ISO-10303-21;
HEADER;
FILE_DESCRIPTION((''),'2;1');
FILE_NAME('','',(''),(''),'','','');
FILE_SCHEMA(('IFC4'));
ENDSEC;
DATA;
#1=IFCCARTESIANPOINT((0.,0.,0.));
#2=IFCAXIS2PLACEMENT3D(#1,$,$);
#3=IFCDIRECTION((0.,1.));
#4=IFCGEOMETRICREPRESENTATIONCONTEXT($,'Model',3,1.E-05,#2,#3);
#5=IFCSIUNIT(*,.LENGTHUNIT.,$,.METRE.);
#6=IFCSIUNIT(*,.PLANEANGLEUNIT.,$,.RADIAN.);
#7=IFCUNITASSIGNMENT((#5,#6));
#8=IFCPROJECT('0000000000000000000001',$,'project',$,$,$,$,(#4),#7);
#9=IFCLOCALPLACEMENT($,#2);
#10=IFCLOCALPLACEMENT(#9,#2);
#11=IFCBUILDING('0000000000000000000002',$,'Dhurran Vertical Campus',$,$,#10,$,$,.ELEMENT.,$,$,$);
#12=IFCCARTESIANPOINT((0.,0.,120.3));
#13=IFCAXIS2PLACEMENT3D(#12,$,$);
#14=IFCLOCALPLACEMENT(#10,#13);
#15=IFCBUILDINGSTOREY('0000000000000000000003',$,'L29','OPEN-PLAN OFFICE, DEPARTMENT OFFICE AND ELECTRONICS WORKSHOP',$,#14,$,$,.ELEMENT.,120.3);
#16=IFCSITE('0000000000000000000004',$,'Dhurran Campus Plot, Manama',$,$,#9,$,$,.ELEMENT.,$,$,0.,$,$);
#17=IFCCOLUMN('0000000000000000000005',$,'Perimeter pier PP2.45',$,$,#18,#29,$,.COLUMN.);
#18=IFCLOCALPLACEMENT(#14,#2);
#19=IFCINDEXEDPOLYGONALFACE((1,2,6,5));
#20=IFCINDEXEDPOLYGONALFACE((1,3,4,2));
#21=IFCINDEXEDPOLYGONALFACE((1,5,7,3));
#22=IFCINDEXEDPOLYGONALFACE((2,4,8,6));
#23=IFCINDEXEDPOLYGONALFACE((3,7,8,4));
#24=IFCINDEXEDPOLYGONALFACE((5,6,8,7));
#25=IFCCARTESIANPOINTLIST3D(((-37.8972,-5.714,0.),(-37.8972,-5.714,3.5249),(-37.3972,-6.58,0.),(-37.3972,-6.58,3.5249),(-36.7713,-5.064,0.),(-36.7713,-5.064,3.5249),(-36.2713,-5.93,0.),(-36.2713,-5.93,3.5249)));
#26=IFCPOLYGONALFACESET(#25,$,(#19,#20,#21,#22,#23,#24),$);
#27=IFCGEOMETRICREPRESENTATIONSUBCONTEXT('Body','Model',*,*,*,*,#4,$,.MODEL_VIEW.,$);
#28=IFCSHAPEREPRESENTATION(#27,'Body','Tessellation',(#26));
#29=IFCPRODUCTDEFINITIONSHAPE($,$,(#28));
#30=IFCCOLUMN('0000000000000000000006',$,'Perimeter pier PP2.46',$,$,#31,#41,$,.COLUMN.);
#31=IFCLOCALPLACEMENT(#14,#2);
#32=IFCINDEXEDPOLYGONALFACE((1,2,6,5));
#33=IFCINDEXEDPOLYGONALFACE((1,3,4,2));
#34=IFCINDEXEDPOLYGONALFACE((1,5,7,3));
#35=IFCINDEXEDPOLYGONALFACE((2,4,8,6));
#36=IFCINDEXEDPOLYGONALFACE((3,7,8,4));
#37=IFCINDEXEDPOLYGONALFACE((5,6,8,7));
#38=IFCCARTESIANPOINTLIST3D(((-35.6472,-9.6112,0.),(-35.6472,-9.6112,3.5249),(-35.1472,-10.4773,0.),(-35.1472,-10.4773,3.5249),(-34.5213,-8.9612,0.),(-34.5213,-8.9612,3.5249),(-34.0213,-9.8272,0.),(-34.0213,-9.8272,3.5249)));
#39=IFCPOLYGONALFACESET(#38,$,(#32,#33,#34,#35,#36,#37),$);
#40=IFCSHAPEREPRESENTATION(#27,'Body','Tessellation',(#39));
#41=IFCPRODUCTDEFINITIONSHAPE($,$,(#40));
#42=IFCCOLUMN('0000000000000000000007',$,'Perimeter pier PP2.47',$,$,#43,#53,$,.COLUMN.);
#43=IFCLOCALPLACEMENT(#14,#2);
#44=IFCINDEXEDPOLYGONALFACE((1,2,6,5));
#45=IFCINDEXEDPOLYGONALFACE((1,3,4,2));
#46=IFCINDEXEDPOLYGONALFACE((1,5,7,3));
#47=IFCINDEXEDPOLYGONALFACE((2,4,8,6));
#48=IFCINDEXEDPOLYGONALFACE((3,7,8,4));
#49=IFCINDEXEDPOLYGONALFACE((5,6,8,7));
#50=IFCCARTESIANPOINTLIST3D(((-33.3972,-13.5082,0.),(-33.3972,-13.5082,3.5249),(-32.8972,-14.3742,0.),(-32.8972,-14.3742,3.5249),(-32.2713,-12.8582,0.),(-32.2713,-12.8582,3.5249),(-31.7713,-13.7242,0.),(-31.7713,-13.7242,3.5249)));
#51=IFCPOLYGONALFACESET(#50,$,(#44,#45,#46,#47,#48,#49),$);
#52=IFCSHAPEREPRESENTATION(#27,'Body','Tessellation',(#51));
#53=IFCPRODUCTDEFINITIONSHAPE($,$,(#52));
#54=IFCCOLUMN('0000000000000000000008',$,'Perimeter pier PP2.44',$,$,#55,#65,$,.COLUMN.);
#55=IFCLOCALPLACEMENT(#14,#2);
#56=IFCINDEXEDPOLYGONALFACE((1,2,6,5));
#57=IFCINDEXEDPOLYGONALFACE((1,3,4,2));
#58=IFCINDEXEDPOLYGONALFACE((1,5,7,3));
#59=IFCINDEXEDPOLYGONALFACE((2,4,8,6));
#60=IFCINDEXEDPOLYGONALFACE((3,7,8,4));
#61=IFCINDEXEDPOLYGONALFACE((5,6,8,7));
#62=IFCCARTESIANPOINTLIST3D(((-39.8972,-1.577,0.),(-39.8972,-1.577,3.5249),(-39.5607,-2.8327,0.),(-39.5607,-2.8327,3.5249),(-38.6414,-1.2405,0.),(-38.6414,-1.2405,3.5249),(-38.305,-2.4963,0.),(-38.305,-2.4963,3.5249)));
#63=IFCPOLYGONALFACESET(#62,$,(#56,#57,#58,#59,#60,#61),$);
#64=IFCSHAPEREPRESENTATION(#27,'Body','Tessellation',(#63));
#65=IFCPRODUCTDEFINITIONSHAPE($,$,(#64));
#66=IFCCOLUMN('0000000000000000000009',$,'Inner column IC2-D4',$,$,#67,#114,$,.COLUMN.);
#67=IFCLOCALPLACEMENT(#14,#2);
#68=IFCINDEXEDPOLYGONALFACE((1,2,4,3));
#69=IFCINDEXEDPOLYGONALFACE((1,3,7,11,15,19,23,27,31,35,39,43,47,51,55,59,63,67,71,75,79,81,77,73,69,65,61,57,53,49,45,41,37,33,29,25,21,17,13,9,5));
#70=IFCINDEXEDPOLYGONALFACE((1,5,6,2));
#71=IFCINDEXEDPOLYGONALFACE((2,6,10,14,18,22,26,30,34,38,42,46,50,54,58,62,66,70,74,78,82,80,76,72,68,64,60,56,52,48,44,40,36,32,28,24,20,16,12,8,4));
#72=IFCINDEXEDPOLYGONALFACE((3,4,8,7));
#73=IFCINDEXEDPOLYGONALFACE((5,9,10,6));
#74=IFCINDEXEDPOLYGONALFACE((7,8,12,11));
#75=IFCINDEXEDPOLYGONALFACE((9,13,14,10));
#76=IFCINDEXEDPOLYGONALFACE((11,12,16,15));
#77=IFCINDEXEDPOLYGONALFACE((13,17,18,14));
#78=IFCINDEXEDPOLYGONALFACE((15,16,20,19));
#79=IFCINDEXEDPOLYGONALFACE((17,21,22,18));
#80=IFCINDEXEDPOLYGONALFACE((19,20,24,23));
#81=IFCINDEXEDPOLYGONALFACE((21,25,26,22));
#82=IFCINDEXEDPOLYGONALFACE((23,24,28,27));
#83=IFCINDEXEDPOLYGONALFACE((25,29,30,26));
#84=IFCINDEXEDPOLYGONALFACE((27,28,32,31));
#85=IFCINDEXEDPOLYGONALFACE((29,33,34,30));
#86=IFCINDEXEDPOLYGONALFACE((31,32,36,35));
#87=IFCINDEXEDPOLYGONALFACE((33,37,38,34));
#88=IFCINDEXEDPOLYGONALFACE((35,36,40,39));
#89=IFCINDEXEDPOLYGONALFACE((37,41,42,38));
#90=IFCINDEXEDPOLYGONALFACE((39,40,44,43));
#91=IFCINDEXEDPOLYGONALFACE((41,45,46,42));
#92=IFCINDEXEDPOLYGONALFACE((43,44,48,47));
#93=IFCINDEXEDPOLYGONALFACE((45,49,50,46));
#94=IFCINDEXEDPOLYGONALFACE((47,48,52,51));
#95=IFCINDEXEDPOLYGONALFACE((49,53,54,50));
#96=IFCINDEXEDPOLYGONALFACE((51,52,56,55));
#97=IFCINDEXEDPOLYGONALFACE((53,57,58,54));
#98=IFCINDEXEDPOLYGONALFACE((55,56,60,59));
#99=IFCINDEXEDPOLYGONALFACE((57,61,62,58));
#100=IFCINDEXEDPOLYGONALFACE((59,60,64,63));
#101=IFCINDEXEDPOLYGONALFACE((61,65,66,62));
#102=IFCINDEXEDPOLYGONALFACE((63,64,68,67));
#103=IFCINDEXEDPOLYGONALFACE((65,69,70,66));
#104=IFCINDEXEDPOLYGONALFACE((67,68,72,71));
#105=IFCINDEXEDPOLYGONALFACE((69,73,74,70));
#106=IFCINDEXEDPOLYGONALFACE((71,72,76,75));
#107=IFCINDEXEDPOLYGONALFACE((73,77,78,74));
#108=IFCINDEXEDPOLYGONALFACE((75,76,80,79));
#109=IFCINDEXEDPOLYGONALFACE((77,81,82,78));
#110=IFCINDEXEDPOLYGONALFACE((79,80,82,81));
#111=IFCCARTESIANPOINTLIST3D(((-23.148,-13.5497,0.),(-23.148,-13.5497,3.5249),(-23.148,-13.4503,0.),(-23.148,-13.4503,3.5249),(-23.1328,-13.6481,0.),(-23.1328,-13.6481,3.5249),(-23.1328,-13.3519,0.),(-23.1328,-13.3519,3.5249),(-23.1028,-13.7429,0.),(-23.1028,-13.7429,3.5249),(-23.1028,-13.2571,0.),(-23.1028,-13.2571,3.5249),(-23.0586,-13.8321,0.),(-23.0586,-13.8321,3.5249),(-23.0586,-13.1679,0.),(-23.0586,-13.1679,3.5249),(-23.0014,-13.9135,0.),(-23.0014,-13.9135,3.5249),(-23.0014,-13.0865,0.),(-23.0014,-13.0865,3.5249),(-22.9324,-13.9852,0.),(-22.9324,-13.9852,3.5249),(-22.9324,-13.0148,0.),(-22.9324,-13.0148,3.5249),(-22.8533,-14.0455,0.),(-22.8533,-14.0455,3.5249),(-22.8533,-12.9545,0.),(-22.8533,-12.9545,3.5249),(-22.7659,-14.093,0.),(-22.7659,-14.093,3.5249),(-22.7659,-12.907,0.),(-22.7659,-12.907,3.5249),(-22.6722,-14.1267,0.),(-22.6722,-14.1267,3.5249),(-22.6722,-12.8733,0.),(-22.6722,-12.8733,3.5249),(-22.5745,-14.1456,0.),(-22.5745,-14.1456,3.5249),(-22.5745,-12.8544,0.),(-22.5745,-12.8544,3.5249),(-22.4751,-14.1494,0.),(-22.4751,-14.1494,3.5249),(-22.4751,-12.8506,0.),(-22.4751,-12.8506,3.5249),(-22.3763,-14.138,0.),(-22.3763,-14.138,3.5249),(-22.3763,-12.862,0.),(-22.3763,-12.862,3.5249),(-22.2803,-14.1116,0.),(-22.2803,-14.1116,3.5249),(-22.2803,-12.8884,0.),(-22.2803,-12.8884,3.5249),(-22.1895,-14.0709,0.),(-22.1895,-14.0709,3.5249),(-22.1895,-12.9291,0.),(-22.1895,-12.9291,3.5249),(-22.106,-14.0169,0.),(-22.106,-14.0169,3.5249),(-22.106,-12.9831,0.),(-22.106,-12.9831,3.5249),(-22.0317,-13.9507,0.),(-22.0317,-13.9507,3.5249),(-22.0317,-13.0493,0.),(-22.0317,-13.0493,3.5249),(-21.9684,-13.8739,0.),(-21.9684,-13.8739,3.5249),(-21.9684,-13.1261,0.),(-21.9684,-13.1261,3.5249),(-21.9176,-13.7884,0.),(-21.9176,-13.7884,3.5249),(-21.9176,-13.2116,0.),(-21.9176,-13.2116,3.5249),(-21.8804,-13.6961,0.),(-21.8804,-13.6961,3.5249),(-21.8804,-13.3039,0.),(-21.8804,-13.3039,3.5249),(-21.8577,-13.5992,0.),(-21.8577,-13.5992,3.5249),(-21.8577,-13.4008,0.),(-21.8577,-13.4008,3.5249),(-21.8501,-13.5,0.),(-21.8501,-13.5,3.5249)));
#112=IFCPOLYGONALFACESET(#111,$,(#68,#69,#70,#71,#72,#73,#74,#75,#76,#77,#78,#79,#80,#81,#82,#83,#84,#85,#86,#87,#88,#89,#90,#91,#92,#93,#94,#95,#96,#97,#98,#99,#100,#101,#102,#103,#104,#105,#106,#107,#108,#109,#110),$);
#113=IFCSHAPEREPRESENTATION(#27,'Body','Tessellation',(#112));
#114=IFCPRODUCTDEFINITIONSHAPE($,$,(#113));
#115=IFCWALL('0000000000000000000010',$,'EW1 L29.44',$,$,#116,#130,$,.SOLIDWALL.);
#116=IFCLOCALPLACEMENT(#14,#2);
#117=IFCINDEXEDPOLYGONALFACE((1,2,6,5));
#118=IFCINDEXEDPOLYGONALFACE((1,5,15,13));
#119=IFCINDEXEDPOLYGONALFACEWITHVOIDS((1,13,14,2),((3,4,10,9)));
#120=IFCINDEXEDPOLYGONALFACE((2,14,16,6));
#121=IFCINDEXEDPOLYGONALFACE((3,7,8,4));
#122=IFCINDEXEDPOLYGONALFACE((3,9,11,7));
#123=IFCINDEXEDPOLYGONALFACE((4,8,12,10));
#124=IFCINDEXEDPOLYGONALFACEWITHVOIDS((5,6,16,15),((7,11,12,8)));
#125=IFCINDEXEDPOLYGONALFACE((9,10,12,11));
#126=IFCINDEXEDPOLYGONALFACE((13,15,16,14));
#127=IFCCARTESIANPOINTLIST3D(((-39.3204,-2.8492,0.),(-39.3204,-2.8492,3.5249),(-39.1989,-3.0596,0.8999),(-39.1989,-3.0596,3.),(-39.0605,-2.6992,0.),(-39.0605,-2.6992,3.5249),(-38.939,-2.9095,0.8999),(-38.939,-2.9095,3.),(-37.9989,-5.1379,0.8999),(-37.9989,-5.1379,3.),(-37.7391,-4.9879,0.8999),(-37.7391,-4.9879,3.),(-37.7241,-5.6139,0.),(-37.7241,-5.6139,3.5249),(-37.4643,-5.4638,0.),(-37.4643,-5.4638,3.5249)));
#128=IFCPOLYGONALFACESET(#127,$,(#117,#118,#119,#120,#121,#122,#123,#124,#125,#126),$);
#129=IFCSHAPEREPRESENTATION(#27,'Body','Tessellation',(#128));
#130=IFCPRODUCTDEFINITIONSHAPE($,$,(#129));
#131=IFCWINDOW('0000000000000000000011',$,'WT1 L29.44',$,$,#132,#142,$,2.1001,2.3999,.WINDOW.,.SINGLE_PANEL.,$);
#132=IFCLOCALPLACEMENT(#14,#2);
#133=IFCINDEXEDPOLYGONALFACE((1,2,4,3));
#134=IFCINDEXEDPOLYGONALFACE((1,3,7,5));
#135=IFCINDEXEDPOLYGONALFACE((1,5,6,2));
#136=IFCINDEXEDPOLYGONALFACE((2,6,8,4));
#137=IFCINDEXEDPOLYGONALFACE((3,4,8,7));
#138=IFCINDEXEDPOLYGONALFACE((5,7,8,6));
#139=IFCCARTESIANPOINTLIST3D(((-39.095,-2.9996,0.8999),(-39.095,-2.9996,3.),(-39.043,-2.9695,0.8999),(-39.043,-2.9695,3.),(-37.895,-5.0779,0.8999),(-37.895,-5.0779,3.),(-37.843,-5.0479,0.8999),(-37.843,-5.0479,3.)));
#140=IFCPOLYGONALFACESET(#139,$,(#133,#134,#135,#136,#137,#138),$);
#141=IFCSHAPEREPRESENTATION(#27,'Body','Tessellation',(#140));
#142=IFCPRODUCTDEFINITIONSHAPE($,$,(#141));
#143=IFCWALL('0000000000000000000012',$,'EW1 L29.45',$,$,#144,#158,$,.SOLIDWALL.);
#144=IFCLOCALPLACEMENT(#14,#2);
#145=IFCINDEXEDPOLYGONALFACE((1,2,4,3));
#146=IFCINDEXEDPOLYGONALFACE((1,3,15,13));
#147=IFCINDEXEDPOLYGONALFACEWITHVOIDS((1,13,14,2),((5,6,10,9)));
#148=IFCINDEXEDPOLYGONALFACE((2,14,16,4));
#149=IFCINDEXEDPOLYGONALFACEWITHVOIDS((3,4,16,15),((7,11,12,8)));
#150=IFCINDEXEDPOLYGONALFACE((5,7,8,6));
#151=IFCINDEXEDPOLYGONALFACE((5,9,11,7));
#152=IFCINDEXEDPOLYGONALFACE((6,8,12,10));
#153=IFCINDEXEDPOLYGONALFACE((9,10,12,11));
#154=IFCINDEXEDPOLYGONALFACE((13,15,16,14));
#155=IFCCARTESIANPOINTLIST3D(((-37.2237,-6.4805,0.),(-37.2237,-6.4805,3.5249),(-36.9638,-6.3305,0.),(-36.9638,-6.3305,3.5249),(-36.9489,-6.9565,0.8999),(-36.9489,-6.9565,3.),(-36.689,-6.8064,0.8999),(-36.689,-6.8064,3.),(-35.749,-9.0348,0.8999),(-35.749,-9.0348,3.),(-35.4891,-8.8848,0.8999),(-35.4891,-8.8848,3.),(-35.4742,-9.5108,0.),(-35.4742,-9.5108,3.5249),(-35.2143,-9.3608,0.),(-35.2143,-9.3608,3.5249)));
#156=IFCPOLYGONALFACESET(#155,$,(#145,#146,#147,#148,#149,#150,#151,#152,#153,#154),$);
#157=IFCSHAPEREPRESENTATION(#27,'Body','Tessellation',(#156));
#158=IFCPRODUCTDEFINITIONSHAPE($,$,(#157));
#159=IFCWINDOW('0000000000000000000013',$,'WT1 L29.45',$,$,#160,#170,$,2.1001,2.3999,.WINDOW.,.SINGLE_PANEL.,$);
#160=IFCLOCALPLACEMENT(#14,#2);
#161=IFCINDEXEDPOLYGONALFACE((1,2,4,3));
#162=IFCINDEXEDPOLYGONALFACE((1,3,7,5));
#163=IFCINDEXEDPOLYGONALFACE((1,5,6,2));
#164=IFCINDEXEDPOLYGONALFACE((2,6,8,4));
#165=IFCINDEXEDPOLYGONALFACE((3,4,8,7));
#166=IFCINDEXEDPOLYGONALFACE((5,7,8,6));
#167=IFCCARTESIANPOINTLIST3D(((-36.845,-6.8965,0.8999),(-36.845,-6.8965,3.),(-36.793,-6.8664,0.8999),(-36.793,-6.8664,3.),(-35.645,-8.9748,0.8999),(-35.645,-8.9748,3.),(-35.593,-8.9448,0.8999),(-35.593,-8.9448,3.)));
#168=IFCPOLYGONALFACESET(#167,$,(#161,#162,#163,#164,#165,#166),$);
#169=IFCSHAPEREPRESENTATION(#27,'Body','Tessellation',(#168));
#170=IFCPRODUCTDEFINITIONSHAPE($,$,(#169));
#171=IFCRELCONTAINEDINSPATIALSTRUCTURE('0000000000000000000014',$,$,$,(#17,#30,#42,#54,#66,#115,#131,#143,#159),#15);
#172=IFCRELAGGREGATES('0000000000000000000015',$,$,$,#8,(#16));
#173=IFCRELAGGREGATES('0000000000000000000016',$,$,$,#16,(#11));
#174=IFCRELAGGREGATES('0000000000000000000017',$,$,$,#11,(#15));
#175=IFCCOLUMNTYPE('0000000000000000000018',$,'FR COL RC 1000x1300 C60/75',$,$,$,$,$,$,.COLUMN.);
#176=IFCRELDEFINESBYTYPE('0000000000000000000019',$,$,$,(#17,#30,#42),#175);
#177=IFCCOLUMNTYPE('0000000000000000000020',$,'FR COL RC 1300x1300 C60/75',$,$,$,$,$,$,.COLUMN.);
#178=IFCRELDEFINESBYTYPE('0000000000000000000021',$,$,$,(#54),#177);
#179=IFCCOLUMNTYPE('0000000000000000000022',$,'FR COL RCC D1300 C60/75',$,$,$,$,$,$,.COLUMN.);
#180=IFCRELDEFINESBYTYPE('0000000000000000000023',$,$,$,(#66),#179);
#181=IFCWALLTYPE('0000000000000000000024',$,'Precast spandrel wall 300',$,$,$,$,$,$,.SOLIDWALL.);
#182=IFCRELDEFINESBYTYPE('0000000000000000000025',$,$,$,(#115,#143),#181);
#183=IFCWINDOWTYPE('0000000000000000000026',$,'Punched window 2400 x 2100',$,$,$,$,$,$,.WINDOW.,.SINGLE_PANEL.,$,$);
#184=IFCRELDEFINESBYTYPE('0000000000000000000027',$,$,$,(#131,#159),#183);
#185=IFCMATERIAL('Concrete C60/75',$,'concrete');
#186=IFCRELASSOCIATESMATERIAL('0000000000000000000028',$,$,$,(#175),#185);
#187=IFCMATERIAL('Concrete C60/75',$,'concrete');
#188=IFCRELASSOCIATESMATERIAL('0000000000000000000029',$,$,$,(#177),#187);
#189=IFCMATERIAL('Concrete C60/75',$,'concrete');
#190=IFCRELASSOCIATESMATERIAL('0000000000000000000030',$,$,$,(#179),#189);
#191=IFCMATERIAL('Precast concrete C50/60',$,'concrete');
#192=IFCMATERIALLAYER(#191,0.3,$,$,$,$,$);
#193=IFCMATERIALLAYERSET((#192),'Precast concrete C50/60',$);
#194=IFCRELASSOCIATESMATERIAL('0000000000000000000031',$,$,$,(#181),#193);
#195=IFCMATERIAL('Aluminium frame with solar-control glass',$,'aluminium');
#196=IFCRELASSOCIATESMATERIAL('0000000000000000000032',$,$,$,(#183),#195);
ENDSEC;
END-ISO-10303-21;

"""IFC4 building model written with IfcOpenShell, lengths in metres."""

from ifc_helpers import new_model, si_unit, direction, frame, frame_2d, origin, origin_2d, place, context, subcontext, project, spatial, rectangle, circle, extrude, material, layer, layer_set, material_profile, profile_set, type_object, element, fill, save


model = new_model("IFC4")

# Units and contexts
model_context = context("Model", 3, precision=1e-05, world=origin(), true_north=direction((0.0, 1.0)))
body_context = subcontext(model_context, "Body", "Model", "MODEL_VIEW")
ifc_project = project(units=[si_unit("LENGTHUNIT", "METRE"), si_unit("PLANEANGLEUNIT", "RADIAN")], contexts=[model_context])

# Site, building, storey
site_placement = place(None, origin())
site = spatial("IfcSite", under=ifc_project, at=site_placement, Name="Dhurran Campus Plot, Manama", CompositionType="ELEMENT", RefElevation=0.0)
building_placement = place(site_placement, origin())
building = spatial("IfcBuilding", under=site, at=building_placement, Name="Dhurran Vertical Campus", CompositionType="ELEMENT")
storey_placement = place(building_placement, frame((0.0, 0.0, 120.3)))
storey = spatial("IfcBuildingStorey", under=building, at=storey_placement, Name="L29", Description="OPEN-PLAN OFFICE, DEPARTMENT OFFICE AND ELECTRONICS WORKSHOP", CompositionType="ELEMENT", Elevation=120.3)

# Columns
ifc_material_1 = material(Name="Concrete C60/75", Category="concrete")
ifc_material_profile_1 = material_profile(ifc_material_1, rectangle(XDim=1.0, YDim=1.3, at=origin_2d()), Name="RC 1000x1300")
ifc_profile_set_1 = profile_set([ifc_material_profile_1], Name="Concrete C60/75")
column_type_1 = type_object("IfcColumnType", Name="FR COL RC 1000x1300 C60/75", PredefinedType="COLUMN", material=ifc_profile_set_1)
for number, where, z_axis, x_axis, name in (
    (1, (-37.0842, -5.822, 0.0), (0.0, 0.0, 1.0), (0.5, -0.866025, 0.0), "Perimeter pier PP2.45"),
    (2, (-34.8342, -9.7192, 0.0), (0.0, 0.0, 1.0), (0.5, -0.866025, 0.0), "Perimeter pier PP2.46"),
    (3, (-32.5842, -13.6162, 0.0), (0.0, 0.0, 1.0), (0.5, -0.866025, 0.0), "Perimeter pier PP2.47"),
):
    element("IfcColumn", number, at=place(storey_placement, frame(where, z_axis=z_axis, x_axis=x_axis)), inside=storey, type_object=column_type_1, Name=name, PredefinedType="COLUMN", context=body_context, shape_type="SweptSolid", body=[
        extrude(rectangle(XDim=1.0, YDim=1.3, at=origin_2d()), origin(), (0.0, 0.0, 1.0), 3.5249),
    ])
ifc_material_2 = material(Name="Concrete C60/75", Category="concrete")
ifc_material_profile_2 = material_profile(ifc_material_2, rectangle(XDim=1.3, YDim=1.3, at=origin_2d()), Name="RC 1300x1300")
ifc_profile_set_2 = profile_set([ifc_material_profile_2], Name="Concrete C60/75")
column_type_2 = type_object("IfcColumnType", Name="FR COL RC 1300x1300 C60/75", PredefinedType="COLUMN", material=ifc_profile_set_2)
column_1_placement = place(storey_placement, frame((-39.1011, -2.0366, 0.0), z_axis=(0.0, 0.0, 1.0), x_axis=(0.258819, -0.965926, 0.0)))
element("IfcColumn", 4, at=column_1_placement, inside=storey, type_object=column_type_2, Name="Perimeter pier PP2.44", PredefinedType="COLUMN", context=body_context, shape_type="SweptSolid", body=[
    extrude(rectangle(XDim=1.3, YDim=1.3, at=origin_2d()), origin(), (0.0, 0.0, 1.0), 3.5249),
])
ifc_material_3 = material(Name="Concrete C60/75", Category="concrete")
ifc_material_profile_3 = material_profile(ifc_material_3, circle(Radius=0.6499, at=origin_2d()), Name="RCC D1300")
ifc_profile_set_3 = profile_set([ifc_material_profile_3], Name="Concrete C60/75")
column_type_3 = type_object("IfcColumnType", Name="FR COL RCC D1300 C60/75", PredefinedType="COLUMN", material=ifc_profile_set_3)
column_2_placement = place(storey_placement, frame((-22.5, -13.5, 0.0), z_axis=(0.0, 0.0, 1.0), x_axis=(1.0, 0.0, 0.0)))
element("IfcColumn", 5, at=column_2_placement, inside=storey, type_object=column_type_3, Name="Inner column IC2-D4", PredefinedType="COLUMN", context=body_context, shape_type="SweptSolid", body=[
    extrude(circle(Radius=0.6499, at=origin_2d()), origin(), (0.0, 0.0, 1.0), 3.5249),
])

# Walls, openings, windows
ifc_material_4 = material(Name="Precast concrete C50/60", Category="concrete")
ifc_layer = layer(ifc_material_4, 0.3)
ifc_layer_set = layer_set([ifc_layer], Name="Precast concrete C50/60")
wall_type = type_object("IfcWallType", Name="Precast spandrel wall 300", PredefinedType="SOLIDWALL", material=ifc_layer_set)
wall_1_placement = place(storey_placement, frame((-39.1904, -2.7742, 0.0), z_axis=(0.0, 0.0, 1.0), x_axis=(0.500005, -0.866023, 0.0)))
wall_1 = element("IfcWall", 6, at=wall_1_placement, inside=storey, type_object=wall_type, Name="EW1 L29.44", PredefinedType="SOLIDWALL", context=body_context, shape_type="SweptSolid", body=[
    extrude(rectangle(XDim=3.1924, YDim=0.3, at=frame_2d((1.5962, 0.0))), origin(), (0.0, 0.0, 1.0), 3.5249),
])
opening_1_placement = place(wall_1_placement, frame((0.2429, 0.0, 0.8999)))
opening_1 = element("IfcOpeningElement", 7, at=opening_1_placement, cuts=wall_1, PredefinedType="OPENING", context=body_context, shape_type="SweptSolid", body=[
    extrude(rectangle(XDim=2.3999, YDim=2.1001, at=frame_2d((1.2, 1.05))), frame((0.0, 0.1599, 0.0), z_axis=(0.0, -1.0, 0.0), x_axis=(1.0, 0.0, 0.0)), (0.0, 0.0, 1.0), 0.3201),
])
ifc_material_5 = material(Name="Aluminium frame with solar-control glass", Category="aluminium")
window_type = type_object("IfcWindowType", Name="Punched window 2400 x 2100", PartitioningType="SINGLE_PANEL", PredefinedType="WINDOW", material=ifc_material_5)
window_1_placement = place(opening_1_placement, origin())
window_1 = element("IfcWindow", 8, at=window_1_placement, inside=storey, type_object=window_type, Name="WT1 L29.44", OverallHeight=2.1001, OverallWidth=2.3999, PartitioningType="SINGLE_PANEL", PredefinedType="WINDOW", context=body_context, shape_type="SweptSolid", body=[
    extrude(rectangle(XDim=2.3999, YDim=2.1001, at=frame_2d((1.2, 1.05))), frame((0.0, 0.03, 0.0), z_axis=(0.0, -1.0, 0.0), x_axis=(1.0, 0.0, 0.0)), (0.0, 0.0, 1.0), 0.0601),
])
fill(opening_1, window_1)
wall_2_placement = place(storey_placement, frame((-37.0938, -6.4055, 0.0), z_axis=(0.0, 0.0, 1.0), x_axis=(0.499996, -0.866028, 0.0)))
wall_2 = element("IfcWall", 9, at=wall_2_placement, inside=storey, type_object=wall_type, Name="EW1 L29.45", PredefinedType="SOLIDWALL", context=body_context, shape_type="SweptSolid", body=[
    extrude(rectangle(XDim=3.499, YDim=0.3, at=frame_2d((1.7495, 0.0))), origin(), (0.0, 0.0, 1.0), 3.5249),
])
opening_2_placement = place(wall_2_placement, frame((0.5496, 0.0, 0.8999)))
opening_2 = element("IfcOpeningElement", 10, at=opening_2_placement, cuts=wall_2, PredefinedType="OPENING", context=body_context, shape_type="SweptSolid", body=[
    extrude(rectangle(XDim=2.3999, YDim=2.1001, at=frame_2d((1.2, 1.05))), frame((0.0, 0.1599, 0.0), z_axis=(0.0, -1.0, 0.0), x_axis=(1.0, 0.0, 0.0)), (0.0, 0.0, 1.0), 0.3201),
])
window_2_placement = place(opening_2_placement, origin())
window_2 = element("IfcWindow", 11, at=window_2_placement, inside=storey, type_object=window_type, Name="WT1 L29.45", OverallHeight=2.1001, OverallWidth=2.3999, PartitioningType="SINGLE_PANEL", PredefinedType="WINDOW", context=body_context, shape_type="SweptSolid", body=[
    extrude(rectangle(XDim=2.3999, YDim=2.1001, at=frame_2d((1.2, 1.05))), frame((0.0, 0.03, 0.0), z_axis=(0.0, -1.0, 0.0), x_axis=(1.0, 0.0, 0.0)), (0.0, 0.0, 1.0), 0.0601),
])
fill(opening_2, window_2)

save(model, "model.ifc")
